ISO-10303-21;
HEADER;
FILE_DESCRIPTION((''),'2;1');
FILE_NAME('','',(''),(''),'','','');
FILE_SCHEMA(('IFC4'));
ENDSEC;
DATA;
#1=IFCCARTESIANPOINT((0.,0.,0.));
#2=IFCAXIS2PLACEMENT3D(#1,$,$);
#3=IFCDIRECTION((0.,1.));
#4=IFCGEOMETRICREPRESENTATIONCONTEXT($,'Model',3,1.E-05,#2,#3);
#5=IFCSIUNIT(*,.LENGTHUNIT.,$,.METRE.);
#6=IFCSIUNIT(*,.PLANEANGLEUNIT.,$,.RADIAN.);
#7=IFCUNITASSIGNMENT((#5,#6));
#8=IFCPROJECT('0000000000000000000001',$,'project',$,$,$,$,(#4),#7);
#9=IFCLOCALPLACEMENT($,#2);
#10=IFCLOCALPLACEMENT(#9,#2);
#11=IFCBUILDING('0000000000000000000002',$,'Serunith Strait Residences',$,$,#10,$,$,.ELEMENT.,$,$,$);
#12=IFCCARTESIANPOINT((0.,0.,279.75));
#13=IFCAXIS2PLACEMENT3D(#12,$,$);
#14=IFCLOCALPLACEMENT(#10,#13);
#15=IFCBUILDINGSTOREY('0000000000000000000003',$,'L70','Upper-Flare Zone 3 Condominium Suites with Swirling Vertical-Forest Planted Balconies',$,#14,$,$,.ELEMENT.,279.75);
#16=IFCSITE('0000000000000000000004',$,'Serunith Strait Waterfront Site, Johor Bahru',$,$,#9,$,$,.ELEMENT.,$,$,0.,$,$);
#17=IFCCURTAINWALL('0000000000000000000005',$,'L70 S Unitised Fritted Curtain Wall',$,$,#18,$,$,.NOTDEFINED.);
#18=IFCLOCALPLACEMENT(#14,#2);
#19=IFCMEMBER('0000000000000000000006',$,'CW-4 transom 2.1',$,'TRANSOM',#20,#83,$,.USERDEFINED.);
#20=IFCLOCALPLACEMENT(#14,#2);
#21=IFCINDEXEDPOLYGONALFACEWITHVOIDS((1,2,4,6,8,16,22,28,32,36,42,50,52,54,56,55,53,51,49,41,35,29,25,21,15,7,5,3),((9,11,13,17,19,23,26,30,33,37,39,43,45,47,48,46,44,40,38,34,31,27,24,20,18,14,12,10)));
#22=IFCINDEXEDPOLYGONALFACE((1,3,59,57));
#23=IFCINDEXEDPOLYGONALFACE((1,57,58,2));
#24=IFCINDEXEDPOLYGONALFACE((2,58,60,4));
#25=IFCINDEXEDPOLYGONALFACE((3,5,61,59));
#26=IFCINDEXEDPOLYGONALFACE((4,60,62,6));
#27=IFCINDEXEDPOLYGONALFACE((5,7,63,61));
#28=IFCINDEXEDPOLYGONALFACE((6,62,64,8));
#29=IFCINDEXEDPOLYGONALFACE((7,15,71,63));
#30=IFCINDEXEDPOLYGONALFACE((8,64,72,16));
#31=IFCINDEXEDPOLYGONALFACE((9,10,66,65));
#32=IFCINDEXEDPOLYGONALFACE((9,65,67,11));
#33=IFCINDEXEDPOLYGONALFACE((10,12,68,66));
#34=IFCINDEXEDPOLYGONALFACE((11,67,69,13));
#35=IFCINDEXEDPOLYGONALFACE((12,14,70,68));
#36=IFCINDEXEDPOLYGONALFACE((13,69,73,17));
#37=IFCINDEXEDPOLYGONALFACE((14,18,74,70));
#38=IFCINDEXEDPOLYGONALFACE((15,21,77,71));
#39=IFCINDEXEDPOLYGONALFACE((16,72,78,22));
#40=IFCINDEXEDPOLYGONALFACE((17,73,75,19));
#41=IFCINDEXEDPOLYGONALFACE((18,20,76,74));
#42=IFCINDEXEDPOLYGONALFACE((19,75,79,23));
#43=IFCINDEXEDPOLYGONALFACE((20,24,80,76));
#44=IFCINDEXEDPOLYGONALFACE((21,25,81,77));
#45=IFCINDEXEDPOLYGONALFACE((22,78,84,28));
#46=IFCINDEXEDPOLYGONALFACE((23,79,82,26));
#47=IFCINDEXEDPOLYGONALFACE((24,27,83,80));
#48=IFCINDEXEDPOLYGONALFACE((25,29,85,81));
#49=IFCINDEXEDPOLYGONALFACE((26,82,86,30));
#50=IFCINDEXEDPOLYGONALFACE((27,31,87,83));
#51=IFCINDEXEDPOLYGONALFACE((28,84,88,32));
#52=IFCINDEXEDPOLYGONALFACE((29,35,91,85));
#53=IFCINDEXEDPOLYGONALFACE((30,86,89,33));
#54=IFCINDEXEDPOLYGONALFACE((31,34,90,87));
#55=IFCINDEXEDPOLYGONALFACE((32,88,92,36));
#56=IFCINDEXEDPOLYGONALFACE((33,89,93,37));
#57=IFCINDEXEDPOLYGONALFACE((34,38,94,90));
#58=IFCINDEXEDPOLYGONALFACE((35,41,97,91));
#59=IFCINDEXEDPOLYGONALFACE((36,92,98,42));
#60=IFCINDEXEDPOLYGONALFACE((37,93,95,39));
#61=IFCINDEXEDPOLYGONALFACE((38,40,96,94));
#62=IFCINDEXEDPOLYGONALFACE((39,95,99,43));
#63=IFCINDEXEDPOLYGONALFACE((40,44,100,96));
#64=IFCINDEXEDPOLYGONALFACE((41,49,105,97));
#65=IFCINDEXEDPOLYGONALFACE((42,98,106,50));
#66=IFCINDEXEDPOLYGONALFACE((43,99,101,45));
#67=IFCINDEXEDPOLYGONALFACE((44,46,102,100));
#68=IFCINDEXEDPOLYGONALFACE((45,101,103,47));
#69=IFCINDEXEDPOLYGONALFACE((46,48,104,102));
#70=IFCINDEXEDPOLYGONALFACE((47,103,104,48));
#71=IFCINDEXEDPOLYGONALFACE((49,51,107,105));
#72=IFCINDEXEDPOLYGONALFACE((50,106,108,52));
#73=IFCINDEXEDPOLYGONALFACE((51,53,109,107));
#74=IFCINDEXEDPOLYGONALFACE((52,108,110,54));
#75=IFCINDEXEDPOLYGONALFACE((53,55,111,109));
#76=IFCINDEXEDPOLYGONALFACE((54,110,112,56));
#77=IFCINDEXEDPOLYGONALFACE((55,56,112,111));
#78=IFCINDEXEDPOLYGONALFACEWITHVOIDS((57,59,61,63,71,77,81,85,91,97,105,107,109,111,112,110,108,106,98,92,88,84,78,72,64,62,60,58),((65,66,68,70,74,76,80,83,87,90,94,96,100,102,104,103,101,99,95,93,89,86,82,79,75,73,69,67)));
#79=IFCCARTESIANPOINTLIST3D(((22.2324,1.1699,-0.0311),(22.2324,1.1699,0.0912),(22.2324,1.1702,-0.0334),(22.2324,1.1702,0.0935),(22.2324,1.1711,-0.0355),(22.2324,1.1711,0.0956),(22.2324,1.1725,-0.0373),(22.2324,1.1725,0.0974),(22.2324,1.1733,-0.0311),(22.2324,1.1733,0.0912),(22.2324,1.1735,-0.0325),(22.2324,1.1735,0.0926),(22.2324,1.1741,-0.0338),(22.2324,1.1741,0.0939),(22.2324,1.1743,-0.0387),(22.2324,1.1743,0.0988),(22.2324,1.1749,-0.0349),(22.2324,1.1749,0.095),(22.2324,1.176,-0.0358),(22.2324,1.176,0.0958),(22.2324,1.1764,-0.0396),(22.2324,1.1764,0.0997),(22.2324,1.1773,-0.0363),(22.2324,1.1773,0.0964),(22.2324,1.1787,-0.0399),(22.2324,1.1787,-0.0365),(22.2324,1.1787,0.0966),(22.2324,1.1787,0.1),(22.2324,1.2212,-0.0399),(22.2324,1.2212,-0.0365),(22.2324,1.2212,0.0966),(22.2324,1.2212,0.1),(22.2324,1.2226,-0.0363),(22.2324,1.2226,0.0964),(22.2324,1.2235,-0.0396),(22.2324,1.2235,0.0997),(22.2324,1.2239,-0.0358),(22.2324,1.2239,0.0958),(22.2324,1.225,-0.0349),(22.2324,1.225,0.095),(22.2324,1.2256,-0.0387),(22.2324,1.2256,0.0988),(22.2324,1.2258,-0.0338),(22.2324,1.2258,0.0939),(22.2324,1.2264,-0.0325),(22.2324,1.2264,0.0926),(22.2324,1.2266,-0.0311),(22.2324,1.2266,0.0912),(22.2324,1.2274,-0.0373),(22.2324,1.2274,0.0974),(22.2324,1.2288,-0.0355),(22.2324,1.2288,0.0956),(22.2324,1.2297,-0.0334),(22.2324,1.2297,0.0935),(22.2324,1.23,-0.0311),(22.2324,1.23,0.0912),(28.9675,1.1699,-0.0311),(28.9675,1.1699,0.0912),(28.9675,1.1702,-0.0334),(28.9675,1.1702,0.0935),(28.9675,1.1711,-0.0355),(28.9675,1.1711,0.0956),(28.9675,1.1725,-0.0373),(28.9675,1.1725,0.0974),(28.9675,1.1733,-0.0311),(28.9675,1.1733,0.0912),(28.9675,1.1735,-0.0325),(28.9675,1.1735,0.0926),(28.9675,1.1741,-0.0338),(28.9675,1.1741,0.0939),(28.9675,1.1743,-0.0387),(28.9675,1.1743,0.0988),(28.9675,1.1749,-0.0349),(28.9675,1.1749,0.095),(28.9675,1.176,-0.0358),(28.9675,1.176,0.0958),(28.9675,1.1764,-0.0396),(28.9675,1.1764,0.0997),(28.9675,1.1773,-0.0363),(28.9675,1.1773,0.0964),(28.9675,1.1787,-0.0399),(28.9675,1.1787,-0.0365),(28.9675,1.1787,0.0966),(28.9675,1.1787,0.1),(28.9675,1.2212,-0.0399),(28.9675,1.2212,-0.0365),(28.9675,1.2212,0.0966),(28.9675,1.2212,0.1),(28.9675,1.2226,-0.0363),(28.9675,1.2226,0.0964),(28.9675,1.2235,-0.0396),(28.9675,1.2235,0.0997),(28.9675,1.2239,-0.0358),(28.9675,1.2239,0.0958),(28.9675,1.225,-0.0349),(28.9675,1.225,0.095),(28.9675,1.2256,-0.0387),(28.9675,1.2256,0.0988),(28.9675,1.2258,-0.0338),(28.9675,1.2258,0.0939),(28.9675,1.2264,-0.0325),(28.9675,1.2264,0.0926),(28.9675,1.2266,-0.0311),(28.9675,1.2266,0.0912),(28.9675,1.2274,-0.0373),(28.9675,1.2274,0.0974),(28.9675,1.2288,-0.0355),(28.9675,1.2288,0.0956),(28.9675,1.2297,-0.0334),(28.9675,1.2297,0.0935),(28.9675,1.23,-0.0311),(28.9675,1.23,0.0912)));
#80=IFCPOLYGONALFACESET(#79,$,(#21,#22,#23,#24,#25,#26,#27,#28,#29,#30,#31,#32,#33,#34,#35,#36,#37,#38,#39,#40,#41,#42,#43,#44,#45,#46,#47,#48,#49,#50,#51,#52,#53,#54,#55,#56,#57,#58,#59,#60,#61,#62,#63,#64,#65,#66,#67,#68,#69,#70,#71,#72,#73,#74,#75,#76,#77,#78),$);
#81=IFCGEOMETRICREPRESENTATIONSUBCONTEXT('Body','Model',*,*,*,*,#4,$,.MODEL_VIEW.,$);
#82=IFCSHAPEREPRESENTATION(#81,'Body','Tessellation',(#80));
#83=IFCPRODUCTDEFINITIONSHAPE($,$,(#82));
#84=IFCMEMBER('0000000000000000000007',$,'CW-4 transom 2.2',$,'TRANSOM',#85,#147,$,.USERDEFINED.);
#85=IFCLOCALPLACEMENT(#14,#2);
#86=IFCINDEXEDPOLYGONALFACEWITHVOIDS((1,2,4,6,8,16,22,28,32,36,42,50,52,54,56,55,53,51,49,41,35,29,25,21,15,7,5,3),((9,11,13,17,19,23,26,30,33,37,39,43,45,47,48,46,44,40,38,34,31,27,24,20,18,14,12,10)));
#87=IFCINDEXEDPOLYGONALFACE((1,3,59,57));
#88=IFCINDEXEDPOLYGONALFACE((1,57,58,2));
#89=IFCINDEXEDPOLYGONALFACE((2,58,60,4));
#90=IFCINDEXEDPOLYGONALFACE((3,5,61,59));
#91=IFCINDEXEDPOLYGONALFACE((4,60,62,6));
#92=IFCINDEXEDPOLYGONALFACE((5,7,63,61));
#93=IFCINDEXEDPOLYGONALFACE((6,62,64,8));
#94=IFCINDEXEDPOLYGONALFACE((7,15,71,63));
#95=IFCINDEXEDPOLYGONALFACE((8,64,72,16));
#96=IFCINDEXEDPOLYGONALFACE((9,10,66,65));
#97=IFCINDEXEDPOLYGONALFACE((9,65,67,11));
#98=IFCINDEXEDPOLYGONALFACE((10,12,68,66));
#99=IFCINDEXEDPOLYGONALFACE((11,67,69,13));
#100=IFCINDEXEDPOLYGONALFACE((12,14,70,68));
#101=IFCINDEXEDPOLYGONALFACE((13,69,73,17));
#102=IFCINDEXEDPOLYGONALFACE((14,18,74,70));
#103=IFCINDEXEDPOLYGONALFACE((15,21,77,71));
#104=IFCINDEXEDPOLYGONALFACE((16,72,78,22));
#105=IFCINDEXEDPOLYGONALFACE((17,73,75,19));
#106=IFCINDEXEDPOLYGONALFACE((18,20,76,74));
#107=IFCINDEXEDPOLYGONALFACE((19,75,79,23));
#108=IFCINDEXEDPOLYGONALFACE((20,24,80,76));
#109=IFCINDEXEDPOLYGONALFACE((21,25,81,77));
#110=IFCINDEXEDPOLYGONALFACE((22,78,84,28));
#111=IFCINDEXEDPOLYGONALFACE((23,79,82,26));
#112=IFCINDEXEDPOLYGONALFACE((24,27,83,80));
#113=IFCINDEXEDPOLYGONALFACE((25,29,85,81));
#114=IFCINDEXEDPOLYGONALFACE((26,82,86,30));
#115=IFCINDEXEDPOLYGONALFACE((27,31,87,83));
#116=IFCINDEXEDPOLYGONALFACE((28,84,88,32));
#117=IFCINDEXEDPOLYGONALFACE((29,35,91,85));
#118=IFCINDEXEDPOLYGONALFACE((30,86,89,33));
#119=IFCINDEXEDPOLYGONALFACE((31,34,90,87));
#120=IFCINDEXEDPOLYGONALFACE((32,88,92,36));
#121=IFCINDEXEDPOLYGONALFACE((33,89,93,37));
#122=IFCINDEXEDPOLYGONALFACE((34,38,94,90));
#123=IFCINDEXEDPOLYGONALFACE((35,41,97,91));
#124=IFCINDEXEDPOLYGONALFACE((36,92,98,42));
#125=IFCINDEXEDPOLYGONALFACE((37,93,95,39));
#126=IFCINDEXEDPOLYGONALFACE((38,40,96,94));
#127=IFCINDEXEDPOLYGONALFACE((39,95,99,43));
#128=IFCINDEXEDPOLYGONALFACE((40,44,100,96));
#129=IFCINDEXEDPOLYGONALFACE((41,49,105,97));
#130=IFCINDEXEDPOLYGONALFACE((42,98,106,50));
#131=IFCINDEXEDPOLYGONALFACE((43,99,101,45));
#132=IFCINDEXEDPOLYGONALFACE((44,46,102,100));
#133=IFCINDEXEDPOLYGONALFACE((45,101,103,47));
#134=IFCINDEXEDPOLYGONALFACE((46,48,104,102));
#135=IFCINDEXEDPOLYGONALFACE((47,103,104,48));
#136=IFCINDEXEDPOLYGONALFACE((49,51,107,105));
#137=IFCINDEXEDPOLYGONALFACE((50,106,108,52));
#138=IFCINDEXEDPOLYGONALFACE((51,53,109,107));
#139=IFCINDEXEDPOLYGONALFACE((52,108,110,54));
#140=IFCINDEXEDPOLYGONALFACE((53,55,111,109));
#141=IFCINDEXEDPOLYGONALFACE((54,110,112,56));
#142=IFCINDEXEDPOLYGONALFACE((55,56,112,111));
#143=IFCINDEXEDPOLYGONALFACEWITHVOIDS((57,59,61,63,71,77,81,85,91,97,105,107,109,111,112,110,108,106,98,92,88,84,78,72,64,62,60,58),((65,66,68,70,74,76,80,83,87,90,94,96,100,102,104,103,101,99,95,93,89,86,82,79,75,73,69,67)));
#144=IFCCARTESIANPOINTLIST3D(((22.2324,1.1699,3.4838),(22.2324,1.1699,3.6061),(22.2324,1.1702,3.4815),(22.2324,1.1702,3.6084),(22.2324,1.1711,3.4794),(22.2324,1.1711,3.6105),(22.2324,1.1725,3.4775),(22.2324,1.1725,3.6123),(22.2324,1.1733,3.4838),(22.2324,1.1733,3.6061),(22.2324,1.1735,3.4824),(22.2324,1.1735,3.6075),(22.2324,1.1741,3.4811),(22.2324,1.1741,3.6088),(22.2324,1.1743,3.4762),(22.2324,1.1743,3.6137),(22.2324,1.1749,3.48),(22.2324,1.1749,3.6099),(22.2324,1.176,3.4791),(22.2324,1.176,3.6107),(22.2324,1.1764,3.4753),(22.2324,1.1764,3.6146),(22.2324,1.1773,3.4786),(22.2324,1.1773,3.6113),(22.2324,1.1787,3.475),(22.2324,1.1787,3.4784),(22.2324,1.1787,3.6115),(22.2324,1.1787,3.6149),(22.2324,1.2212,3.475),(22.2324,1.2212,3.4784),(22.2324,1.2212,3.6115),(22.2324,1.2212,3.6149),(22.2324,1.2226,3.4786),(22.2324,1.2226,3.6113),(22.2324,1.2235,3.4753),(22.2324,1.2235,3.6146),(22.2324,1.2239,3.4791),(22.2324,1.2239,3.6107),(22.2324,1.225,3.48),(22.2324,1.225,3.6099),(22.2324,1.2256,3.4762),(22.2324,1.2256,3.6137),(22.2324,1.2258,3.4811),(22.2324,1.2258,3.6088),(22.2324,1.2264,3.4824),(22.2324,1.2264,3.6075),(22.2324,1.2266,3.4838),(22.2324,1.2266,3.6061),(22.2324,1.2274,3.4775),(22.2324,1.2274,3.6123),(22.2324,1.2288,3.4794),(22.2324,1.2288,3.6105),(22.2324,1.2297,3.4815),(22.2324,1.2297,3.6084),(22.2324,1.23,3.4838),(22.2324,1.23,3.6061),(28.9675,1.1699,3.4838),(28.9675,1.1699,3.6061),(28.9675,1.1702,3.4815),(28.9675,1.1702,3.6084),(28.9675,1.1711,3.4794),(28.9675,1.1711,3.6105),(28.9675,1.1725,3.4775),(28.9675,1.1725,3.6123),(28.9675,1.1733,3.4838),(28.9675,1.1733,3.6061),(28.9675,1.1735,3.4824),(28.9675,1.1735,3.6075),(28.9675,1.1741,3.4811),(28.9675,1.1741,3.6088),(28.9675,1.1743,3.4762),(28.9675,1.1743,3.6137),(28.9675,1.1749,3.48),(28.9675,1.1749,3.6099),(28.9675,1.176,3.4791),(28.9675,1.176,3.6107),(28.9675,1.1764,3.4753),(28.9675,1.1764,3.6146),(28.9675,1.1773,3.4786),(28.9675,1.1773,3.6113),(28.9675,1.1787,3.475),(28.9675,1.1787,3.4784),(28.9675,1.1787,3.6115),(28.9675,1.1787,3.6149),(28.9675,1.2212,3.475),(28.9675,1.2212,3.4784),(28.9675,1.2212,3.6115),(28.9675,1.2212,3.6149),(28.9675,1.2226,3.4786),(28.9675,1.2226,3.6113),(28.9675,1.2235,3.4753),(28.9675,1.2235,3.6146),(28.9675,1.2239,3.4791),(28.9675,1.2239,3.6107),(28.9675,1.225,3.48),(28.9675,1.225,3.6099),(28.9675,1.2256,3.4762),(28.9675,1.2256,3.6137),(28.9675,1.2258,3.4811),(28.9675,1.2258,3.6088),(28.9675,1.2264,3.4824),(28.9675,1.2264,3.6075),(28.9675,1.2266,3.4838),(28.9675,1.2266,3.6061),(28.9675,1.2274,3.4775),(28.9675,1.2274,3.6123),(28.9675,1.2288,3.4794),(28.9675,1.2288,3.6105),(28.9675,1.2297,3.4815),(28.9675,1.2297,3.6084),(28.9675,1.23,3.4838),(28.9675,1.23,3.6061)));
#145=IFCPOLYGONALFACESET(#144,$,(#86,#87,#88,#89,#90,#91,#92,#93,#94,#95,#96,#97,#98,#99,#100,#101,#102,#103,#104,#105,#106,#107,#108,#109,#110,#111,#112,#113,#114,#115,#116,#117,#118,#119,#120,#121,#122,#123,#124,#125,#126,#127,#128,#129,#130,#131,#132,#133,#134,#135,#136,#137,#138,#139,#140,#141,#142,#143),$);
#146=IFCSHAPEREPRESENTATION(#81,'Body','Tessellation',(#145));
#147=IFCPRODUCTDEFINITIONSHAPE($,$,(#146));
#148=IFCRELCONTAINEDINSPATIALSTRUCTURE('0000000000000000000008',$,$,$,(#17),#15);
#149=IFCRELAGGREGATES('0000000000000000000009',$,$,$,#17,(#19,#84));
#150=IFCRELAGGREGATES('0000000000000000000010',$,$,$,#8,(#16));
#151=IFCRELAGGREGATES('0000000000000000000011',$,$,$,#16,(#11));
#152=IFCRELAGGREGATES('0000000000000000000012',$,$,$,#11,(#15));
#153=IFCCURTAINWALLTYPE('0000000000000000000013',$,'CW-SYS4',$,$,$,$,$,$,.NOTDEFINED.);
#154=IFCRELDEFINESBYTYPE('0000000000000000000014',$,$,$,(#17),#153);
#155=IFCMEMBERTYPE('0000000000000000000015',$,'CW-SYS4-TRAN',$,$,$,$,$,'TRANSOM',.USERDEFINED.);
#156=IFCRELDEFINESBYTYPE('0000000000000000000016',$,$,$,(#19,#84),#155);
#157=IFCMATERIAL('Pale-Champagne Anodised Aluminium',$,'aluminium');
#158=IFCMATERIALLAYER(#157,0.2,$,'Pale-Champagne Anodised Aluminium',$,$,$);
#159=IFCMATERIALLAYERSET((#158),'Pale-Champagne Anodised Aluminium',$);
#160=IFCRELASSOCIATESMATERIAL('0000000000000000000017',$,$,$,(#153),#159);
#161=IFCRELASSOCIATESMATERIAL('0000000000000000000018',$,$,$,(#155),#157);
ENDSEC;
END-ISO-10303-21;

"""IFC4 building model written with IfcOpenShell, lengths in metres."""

from ifc_helpers import new_model, si_unit, direction, frame, origin, origin_2d, place, context, subcontext, project, spatial, hollow_rectangle, extrude, source, transform, mapped, material, layer, layer_set, material_profile, profile_set, type_object, element, aggregate, save


model = new_model("IFC4")

# Units and contexts
model_context = context("Model", 3, precision=1e-05, world=origin(), true_north=direction((0.0, 1.0)))
body_context = subcontext(model_context, "Body", "Model", "MODEL_VIEW")
ifc_project = project(units=[si_unit("LENGTHUNIT", "METRE"), si_unit("PLANEANGLEUNIT", "RADIAN")], contexts=[model_context])

# Site, building, storey
site_placement = place(None, origin())
site = spatial("IfcSite", under=ifc_project, at=site_placement, Name="Serunith Strait Waterfront Site, Johor Bahru", CompositionType="ELEMENT", RefElevation=0.0)
building_placement = place(site_placement, origin())
building = spatial("IfcBuilding", under=site, at=building_placement, Name="Serunith Strait Residences", CompositionType="ELEMENT")
storey_placement = place(building_placement, frame((0.0, 0.0, 279.75)))
storey = spatial("IfcBuildingStorey", under=building, at=storey_placement, Name="L70", Description="Upper-Flare Zone 3 Condominium Suites with Swirling Vertical-Forest Planted Balconies", CompositionType="ELEMENT", Elevation=279.75)

# Curtain wall, members
ifc_material_1 = material(Name="Pale-Champagne Anodised Aluminium", Category="aluminium")
ifc_layer_1 = layer(ifc_material_1, 0.2, Name="Pale-Champagne Anodised Aluminium")
ifc_layer_set_1 = layer_set([ifc_layer_1], Name="Pale-Champagne Anodised Aluminium")
curtain_wall_type = type_object("IfcCurtainWallType", Name="CW-SYS4", PredefinedType="NOTDEFINED", material=ifc_layer_set_1)
curtain_wall_placement = place(storey_placement, origin())
curtain_wall = element("IfcCurtainWall", 1, at=curtain_wall_placement, inside=storey, type_object=curtain_wall_type, Name="L70 S Unitised Fritted Curtain Wall", PredefinedType="NOTDEFINED")
ifc_material_profile_1 = material_profile(ifc_material_1, hollow_rectangle(XDim=0.0601, YDim=0.1399, WallThickness=0.0034, InnerFilletRadius=0.0054, OuterFilletRadius=0.0088, at=origin_2d()), Name="ALU 140x60x3.5")
ifc_profile_set_1 = profile_set([ifc_material_profile_1], Name="Pale-Champagne Anodised Aluminium")
member_type_1 = type_object("IfcMemberType", Name="CW-SYS4-TRAN", ElementType="TRANSOM", PredefinedType="USERDEFINED", material=ifc_profile_set_1)
shared_shape_1 = source(origin(), body_context, "Body", "SweptSolid", [
    extrude(hollow_rectangle(XDim=0.0601, YDim=0.1399, WallThickness=0.0034, InnerFilletRadius=0.0054, OuterFilletRadius=0.0088, at=origin_2d()), origin(), (0.0, 0.0, 1.0), 6.7351),
])
member_1_placement = place(storey_placement, frame((22.2324, 1.2, 0.03), z_axis=(1.0, 0.0, 0.0), x_axis=(0.0, 1.0, 0.0)))
member_1 = element("IfcMember", 2, at=member_1_placement, type_object=member_type_1, Name="CW-4 transom 2.1", ObjectType="TRANSOM", PredefinedType="USERDEFINED", context=body_context, shape_type="MappedRepresentation", body=[
    mapped(shared_shape_1, transform((0.0, 0.0, 0.0), scale=1.0)),
])
member_2_placement = place(storey_placement, frame((22.2324, 1.2, 3.5449), z_axis=(1.0, 0.0, 0.0), x_axis=(0.0, 1.0, 0.0)))
member_2 = element("IfcMember", 3, at=member_2_placement, type_object=member_type_1, Name="CW-4 transom 2.2", ObjectType="TRANSOM", PredefinedType="USERDEFINED", context=body_context, shape_type="MappedRepresentation", body=[
    mapped(shared_shape_1, transform((0.0, 0.0, 0.0), scale=1.0)),
])
aggregate(curtain_wall, [member_1, member_2])

save(model, "model.ifc")
